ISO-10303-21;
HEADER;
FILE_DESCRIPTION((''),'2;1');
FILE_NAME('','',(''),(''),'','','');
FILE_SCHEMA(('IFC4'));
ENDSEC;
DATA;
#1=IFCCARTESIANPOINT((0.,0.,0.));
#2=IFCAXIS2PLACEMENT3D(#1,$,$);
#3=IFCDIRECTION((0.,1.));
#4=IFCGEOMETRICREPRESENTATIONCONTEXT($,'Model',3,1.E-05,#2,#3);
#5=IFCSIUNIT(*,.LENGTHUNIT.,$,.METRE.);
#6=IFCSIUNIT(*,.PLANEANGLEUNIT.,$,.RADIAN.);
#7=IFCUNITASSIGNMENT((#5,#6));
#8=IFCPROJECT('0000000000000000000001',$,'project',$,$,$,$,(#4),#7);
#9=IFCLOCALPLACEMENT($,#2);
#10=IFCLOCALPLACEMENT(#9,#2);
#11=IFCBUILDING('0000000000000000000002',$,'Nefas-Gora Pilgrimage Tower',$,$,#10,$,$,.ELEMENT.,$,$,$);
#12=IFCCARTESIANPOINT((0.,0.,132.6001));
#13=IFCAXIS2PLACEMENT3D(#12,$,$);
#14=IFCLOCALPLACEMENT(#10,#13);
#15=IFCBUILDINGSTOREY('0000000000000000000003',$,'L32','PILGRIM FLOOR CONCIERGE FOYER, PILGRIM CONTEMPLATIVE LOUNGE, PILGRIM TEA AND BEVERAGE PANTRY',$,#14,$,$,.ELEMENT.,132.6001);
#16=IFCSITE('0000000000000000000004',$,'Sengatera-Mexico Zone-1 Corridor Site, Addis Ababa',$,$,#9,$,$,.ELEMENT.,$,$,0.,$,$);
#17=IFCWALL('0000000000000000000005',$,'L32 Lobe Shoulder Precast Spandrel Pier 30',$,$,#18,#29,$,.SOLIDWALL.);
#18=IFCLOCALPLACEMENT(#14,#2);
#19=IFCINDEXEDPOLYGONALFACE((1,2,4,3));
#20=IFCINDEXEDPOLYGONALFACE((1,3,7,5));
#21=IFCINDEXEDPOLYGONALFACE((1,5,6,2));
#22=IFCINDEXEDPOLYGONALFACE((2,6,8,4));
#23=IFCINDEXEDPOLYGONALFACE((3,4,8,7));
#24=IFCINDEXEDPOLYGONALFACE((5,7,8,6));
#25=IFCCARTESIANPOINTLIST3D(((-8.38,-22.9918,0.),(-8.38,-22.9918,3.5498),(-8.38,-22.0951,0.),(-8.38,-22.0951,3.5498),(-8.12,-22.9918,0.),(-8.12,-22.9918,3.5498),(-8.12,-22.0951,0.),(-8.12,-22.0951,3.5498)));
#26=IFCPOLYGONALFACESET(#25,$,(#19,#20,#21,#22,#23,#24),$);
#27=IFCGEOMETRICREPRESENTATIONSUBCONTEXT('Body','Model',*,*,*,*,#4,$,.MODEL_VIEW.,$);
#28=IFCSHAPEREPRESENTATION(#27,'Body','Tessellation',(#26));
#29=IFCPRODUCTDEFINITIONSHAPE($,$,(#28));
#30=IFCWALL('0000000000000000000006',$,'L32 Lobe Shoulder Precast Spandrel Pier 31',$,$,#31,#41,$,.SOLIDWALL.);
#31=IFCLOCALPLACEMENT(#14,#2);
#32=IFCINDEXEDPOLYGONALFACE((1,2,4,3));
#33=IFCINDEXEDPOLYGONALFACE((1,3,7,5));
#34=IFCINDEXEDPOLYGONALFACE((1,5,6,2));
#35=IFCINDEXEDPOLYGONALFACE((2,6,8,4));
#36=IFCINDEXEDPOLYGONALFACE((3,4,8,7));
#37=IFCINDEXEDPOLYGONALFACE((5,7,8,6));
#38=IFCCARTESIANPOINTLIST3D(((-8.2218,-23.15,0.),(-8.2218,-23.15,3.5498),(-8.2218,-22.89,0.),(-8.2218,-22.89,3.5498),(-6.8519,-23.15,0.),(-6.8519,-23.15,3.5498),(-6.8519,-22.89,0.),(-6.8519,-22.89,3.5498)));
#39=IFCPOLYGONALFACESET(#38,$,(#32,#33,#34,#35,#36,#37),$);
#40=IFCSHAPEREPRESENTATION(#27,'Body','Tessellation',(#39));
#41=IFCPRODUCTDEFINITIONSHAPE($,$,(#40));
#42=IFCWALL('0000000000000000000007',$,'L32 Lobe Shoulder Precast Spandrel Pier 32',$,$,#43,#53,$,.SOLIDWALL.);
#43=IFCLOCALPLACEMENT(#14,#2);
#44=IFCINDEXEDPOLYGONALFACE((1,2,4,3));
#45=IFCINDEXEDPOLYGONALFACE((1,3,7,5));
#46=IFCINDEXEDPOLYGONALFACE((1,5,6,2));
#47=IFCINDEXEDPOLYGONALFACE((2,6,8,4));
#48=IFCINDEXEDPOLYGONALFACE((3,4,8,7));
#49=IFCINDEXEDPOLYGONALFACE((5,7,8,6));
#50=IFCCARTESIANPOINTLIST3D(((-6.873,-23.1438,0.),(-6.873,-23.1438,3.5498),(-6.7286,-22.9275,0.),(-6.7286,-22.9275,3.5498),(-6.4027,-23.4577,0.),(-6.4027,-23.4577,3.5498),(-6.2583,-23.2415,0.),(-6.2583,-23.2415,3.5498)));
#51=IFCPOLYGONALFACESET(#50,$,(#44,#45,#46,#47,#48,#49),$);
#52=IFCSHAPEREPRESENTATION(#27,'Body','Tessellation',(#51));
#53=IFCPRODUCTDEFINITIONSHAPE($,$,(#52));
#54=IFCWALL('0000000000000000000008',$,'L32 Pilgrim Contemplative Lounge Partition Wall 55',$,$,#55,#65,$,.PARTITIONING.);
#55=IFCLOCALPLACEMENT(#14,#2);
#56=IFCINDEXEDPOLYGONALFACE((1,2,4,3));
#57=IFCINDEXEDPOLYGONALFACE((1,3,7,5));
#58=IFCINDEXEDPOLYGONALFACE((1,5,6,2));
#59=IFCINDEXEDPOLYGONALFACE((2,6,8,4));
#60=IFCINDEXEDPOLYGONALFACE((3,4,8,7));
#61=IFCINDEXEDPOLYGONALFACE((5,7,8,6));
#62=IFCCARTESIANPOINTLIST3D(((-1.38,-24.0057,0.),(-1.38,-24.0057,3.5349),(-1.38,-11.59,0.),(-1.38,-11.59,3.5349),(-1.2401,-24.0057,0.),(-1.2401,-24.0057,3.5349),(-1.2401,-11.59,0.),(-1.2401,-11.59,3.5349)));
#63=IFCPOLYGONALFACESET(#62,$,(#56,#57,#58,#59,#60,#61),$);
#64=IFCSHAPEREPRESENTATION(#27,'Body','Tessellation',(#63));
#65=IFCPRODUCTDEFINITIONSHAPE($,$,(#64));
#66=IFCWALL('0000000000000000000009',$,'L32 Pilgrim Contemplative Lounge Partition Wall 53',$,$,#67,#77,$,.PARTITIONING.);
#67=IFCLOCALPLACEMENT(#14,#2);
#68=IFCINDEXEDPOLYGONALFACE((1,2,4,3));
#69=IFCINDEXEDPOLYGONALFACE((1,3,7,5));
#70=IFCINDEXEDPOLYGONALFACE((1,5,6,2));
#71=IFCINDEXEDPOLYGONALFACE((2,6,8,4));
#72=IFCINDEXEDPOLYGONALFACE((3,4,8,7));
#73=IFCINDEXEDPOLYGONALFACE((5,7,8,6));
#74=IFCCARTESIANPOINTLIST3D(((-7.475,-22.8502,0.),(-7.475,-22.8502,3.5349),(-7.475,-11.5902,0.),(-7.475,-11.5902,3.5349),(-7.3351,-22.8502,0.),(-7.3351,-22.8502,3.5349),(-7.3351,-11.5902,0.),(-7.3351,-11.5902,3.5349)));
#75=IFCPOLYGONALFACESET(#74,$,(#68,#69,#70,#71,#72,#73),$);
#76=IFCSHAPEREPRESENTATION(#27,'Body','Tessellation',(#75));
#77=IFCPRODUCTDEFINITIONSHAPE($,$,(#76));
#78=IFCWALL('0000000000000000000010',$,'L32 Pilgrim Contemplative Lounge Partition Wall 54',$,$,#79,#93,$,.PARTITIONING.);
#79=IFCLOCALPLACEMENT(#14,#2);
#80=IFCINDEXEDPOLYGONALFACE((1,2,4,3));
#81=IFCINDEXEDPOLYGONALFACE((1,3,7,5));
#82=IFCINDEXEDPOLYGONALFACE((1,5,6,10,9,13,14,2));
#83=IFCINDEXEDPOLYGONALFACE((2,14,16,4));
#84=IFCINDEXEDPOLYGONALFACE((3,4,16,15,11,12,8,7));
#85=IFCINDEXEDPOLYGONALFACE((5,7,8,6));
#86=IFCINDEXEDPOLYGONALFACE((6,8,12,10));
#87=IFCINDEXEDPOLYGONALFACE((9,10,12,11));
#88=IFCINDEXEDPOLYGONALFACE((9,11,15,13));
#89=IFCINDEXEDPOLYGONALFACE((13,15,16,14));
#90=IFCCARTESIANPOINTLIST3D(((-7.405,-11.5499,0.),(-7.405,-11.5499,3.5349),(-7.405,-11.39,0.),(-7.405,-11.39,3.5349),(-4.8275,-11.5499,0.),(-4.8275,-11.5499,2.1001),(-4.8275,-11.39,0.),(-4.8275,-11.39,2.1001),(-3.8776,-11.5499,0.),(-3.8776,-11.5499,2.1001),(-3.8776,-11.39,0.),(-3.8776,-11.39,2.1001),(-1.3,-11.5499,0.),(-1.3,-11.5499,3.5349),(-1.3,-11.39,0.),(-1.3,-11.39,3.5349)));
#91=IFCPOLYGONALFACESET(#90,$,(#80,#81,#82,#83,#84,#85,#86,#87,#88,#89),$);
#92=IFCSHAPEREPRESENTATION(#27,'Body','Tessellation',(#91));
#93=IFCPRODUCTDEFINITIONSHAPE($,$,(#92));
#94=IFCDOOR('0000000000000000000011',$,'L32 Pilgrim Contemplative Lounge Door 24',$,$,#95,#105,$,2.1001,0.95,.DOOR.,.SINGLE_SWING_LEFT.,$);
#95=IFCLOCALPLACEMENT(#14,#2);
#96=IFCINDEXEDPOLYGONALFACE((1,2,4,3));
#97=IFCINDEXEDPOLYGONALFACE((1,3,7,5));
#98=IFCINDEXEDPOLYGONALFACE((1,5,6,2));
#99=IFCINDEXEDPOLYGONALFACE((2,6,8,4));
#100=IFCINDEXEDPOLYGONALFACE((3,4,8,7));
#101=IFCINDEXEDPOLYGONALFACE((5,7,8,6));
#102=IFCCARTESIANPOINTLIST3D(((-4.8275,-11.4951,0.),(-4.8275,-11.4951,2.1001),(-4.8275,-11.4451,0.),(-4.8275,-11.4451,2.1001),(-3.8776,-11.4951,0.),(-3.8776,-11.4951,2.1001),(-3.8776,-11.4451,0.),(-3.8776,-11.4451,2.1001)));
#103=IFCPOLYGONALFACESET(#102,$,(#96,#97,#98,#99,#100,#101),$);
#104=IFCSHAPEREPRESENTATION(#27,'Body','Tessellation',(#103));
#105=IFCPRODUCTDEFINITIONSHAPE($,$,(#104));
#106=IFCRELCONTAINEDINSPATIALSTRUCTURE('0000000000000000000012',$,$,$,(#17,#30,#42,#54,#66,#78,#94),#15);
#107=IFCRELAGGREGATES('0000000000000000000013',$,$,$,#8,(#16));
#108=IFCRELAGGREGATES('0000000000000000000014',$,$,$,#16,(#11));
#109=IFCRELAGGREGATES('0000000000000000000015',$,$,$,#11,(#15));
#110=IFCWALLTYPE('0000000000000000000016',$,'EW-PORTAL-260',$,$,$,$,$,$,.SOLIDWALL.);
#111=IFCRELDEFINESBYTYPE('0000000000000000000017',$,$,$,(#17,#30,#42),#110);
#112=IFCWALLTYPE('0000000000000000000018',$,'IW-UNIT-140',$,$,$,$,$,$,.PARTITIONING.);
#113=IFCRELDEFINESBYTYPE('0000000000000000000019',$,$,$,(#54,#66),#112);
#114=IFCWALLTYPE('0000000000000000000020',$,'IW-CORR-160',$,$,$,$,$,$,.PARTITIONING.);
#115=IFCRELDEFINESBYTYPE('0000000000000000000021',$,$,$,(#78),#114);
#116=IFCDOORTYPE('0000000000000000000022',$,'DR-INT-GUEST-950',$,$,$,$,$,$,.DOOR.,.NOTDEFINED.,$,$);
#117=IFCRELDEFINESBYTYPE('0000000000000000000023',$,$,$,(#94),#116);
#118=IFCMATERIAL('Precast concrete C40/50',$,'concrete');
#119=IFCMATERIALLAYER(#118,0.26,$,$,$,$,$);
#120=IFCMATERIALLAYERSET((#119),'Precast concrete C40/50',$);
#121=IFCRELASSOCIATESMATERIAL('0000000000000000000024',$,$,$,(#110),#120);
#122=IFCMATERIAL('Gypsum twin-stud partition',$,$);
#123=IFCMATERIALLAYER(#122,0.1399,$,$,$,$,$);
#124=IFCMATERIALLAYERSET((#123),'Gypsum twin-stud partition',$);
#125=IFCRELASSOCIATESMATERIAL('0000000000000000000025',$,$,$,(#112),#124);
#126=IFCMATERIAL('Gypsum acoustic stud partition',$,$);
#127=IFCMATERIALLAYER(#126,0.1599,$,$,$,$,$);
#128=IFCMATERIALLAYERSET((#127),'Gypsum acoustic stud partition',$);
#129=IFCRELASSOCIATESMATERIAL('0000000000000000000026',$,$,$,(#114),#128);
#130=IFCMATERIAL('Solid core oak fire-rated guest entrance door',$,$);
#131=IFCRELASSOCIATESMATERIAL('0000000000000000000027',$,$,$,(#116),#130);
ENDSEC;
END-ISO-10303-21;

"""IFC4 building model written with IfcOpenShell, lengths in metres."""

from ifc_helpers import new_model, si_unit, direction, frame, frame_2d, origin, place, context, subcontext, project, spatial, rectangle, extrude, source, transform, mapped, material, layer, layer_set, type_object, element, fill, save


model = new_model("IFC4")

# Units and contexts
model_context = context("Model", 3, precision=1e-05, world=origin(), true_north=direction((0.0, 1.0)))
body_context = subcontext(model_context, "Body", "Model", "MODEL_VIEW")
ifc_project = project(units=[si_unit("LENGTHUNIT", "METRE"), si_unit("PLANEANGLEUNIT", "RADIAN")], contexts=[model_context])

# Site, building, storey
site_placement = place(None, origin())
site = spatial("IfcSite", under=ifc_project, at=site_placement, Name="Sengatera-Mexico Zone-1 Corridor Site, Addis Ababa", CompositionType="ELEMENT", RefElevation=0.0)
building_placement = place(site_placement, origin())
building = spatial("IfcBuilding", under=site, at=building_placement, Name="Nefas-Gora Pilgrimage Tower", CompositionType="ELEMENT")
storey_placement = place(building_placement, frame((0.0, 0.0, 132.6001)))
storey = spatial("IfcBuildingStorey", under=building, at=storey_placement, Name="L32", Description="PILGRIM FLOOR CONCIERGE FOYER, PILGRIM CONTEMPLATIVE LOUNGE, PILGRIM TEA AND BEVERAGE PANTRY", CompositionType="ELEMENT", Elevation=132.6001)

# Walls
ifc_material_1 = material(Name="Precast concrete C40/50", Category="concrete")
ifc_layer_1 = layer(ifc_material_1, 0.26)
ifc_layer_set_1 = layer_set([ifc_layer_1], Name="Precast concrete C40/50")
wall_type_1 = type_object("IfcWallType", Name="EW-PORTAL-260", PredefinedType="SOLIDWALL", material=ifc_layer_set_1)
shared_shape_1 = source(origin(), body_context, "Body", "SweptSolid", [
    extrude(rectangle(XDim=0.8967, YDim=0.26, at=frame_2d((0.4482, 0.0))), origin(), (0.0, 0.0, 1.0), 3.5498),
])
wall_1_placement = place(storey_placement, frame((-8.25, -22.0952, 0.0), z_axis=(0.0, 0.0, 1.0), x_axis=(0.0, -1.0, 0.0)))
element("IfcWall", 1, at=wall_1_placement, inside=storey, type_object=wall_type_1, Name="L32 Lobe Shoulder Precast Spandrel Pier 30", PredefinedType="SOLIDWALL", context=body_context, shape_type="MappedRepresentation", body=[
    mapped(shared_shape_1, transform((0.0, 0.0, 0.0), x_axis=(1.0, 0.0, 0.0), y_axis=(0.0, 1.0, 0.0), z_axis=(0.0, 0.0, 1.0), scale=1.0)),
])
shared_shape_2 = source(origin(), body_context, "Body", "SweptSolid", [
    extrude(rectangle(XDim=1.3699, YDim=0.26, at=frame_2d((0.6851, 0.0))), origin(), (0.0, 0.0, 1.0), 3.5498),
])
wall_2_placement = place(storey_placement, frame((-8.2219, -23.02, 0.0), z_axis=(0.0, 0.0, 1.0), x_axis=(1.0, 0.0, 0.0)))
element("IfcWall", 2, at=wall_2_placement, inside=storey, type_object=wall_type_1, Name="L32 Lobe Shoulder Precast Spandrel Pier 31", PredefinedType="SOLIDWALL", context=body_context, shape_type="MappedRepresentation", body=[
    mapped(shared_shape_2, transform((0.0, 0.0, 0.0), x_axis=(1.0, 0.0, 0.0), y_axis=(0.0, 1.0, 0.0), z_axis=(0.0, 0.0, 1.0), scale=1.0)),
])
shared_shape_3 = source(origin(), body_context, "Body", "SweptSolid", [
    extrude(rectangle(XDim=0.5654, YDim=0.26, at=frame_2d((0.2827, 0.0))), origin(), (0.0, 0.0, 1.0), 3.5498),
])
wall_3_placement = place(storey_placement, frame((-6.8008, -23.0356, 0.0), z_axis=(0.0, 0.0, 1.0), x_axis=(0.831651, -0.555298, 0.0)))
element("IfcWall", 3, at=wall_3_placement, inside=storey, type_object=wall_type_1, Name="L32 Lobe Shoulder Precast Spandrel Pier 32", PredefinedType="SOLIDWALL", context=body_context, shape_type="MappedRepresentation", body=[
    mapped(shared_shape_3, transform((0.0, 0.0, 0.0), x_axis=(1.0, 0.0, 0.0), y_axis=(0.0, 1.0, 0.0), z_axis=(0.0, 0.0, 1.0), scale=1.0)),
])
ifc_material_2 = material(Name="Gypsum twin-stud partition")
ifc_layer_2 = layer(ifc_material_2, 0.1399)
ifc_layer_set_2 = layer_set([ifc_layer_2], Name="Gypsum twin-stud partition")
wall_type_2 = type_object("IfcWallType", Name="IW-UNIT-140", PredefinedType="PARTITIONING", material=ifc_layer_set_2)
shared_shape_4 = source(origin(), body_context, "Body", "SweptSolid", [
    extrude(rectangle(XDim=12.4158, YDim=0.1399, at=frame_2d((6.208, 0.0))), origin(), (0.0, 0.0, 1.0), 3.5349),
])
wall_4_placement = place(storey_placement, frame((-1.3101, -24.0059, 0.0), z_axis=(0.0, 0.0, 1.0), x_axis=(0.0, 1.0, 0.0)))
element("IfcWall", 4, at=wall_4_placement, inside=storey, type_object=wall_type_2, Name="L32 Pilgrim Contemplative Lounge Partition Wall 55", PredefinedType="PARTITIONING", context=body_context, shape_type="MappedRepresentation", body=[
    mapped(shared_shape_4, transform((0.0, 0.0, 0.0), x_axis=(1.0, 0.0, 0.0), y_axis=(0.0, 1.0, 0.0), z_axis=(0.0, 0.0, 1.0), scale=1.0)),
])
shared_shape_5 = source(origin(), body_context, "Body", "SweptSolid", [
    extrude(rectangle(XDim=11.26, YDim=0.1399, at=frame_2d((5.6299, 0.0))), origin(), (0.0, 0.0, 1.0), 3.5349),
])
wall_5_placement = place(storey_placement, frame((-7.405, -22.8501, 0.0), z_axis=(0.0, 0.0, 1.0), x_axis=(0.0, 1.0, 0.0)))
element("IfcWall", 5, at=wall_5_placement, inside=storey, type_object=wall_type_2, Name="L32 Pilgrim Contemplative Lounge Partition Wall 53", PredefinedType="PARTITIONING", context=body_context, shape_type="MappedRepresentation", body=[
    mapped(shared_shape_5, transform((0.0, 0.0, 0.0), x_axis=(1.0, 0.0, 0.0), y_axis=(0.0, 1.0, 0.0), z_axis=(0.0, 0.0, 1.0), scale=1.0)),
])

# Wall, opening, door
ifc_material_3 = material(Name="Gypsum acoustic stud partition")
ifc_layer_3 = layer(ifc_material_3, 0.1599)
ifc_layer_set_3 = layer_set([ifc_layer_3], Name="Gypsum acoustic stud partition")
wall_type_3 = type_object("IfcWallType", Name="IW-CORR-160", PredefinedType="PARTITIONING", material=ifc_layer_set_3)
shared_shape_6 = source(origin(), body_context, "Body", "SweptSolid", [
    extrude(rectangle(XDim=6.105, YDim=0.1599, at=frame_2d((3.0525, 0.0))), origin(), (0.0, 0.0, 1.0), 3.5349),
])
wall_6_placement = place(storey_placement, frame((-7.405, -11.47, 0.0), z_axis=(0.0, 0.0, 1.0), x_axis=(1.0, 0.0, 0.0)))
wall_6 = element("IfcWall", 6, at=wall_6_placement, inside=storey, type_object=wall_type_3, Name="L32 Pilgrim Contemplative Lounge Partition Wall 54", PredefinedType="PARTITIONING", context=body_context, shape_type="MappedRepresentation", body=[
    mapped(shared_shape_6, transform((0.0, 0.0, 0.0), x_axis=(1.0, 0.0, 0.0), y_axis=(0.0, 1.0, 0.0), z_axis=(0.0, 0.0, 1.0), scale=1.0)),
])
opening_placement = place(wall_6_placement, frame((2.5774, 0.0, 0.0)))
opening = element("IfcOpeningElement", 7, at=opening_placement, cuts=wall_6, PredefinedType="OPENING", context=body_context, shape_type="SweptSolid", body=[
    extrude(rectangle(XDim=0.95, YDim=2.1001, at=frame_2d((0.4751, 1.05))), frame((0.0, 0.0898, 0.0), z_axis=(0.0, -1.0, 0.0), x_axis=(1.0, 0.0, 0.0)), (0.0, 0.0, 1.0), 0.1799),
])
ifc_material_4 = material(Name="Solid core oak fire-rated guest entrance door")
door_type = type_object("IfcDoorType", Name="DR-INT-GUEST-950", OperationType="NOTDEFINED", PredefinedType="DOOR", material=ifc_material_4)
shared_shape_7 = source(origin(), body_context, "Body", "SweptSolid", [
    extrude(rectangle(XDim=0.95, YDim=2.1001, at=frame_2d((0.4751, 1.05))), frame((0.0, 0.0249, 0.0), z_axis=(0.0, -1.0, 0.0), x_axis=(1.0, 0.0, 0.0)), (0.0, 0.0, 1.0), 0.05),
])
door_placement = place(opening_placement, origin())
door = element("IfcDoor", 8, at=door_placement, inside=storey, type_object=door_type, Name="L32 Pilgrim Contemplative Lounge Door 24", OperationType="SINGLE_SWING_LEFT", OverallHeight=2.1001, OverallWidth=0.95, PredefinedType="DOOR", context=body_context, shape_type="MappedRepresentation", body=[
    mapped(shared_shape_7, transform((0.0, 0.0, 0.0), x_axis=(1.0, 0.0, 0.0), y_axis=(0.0, 1.0, 0.0), z_axis=(0.0, 0.0, 1.0), scale=1.0)),
])
fill(opening, door)

save(model, "model.ifc")
